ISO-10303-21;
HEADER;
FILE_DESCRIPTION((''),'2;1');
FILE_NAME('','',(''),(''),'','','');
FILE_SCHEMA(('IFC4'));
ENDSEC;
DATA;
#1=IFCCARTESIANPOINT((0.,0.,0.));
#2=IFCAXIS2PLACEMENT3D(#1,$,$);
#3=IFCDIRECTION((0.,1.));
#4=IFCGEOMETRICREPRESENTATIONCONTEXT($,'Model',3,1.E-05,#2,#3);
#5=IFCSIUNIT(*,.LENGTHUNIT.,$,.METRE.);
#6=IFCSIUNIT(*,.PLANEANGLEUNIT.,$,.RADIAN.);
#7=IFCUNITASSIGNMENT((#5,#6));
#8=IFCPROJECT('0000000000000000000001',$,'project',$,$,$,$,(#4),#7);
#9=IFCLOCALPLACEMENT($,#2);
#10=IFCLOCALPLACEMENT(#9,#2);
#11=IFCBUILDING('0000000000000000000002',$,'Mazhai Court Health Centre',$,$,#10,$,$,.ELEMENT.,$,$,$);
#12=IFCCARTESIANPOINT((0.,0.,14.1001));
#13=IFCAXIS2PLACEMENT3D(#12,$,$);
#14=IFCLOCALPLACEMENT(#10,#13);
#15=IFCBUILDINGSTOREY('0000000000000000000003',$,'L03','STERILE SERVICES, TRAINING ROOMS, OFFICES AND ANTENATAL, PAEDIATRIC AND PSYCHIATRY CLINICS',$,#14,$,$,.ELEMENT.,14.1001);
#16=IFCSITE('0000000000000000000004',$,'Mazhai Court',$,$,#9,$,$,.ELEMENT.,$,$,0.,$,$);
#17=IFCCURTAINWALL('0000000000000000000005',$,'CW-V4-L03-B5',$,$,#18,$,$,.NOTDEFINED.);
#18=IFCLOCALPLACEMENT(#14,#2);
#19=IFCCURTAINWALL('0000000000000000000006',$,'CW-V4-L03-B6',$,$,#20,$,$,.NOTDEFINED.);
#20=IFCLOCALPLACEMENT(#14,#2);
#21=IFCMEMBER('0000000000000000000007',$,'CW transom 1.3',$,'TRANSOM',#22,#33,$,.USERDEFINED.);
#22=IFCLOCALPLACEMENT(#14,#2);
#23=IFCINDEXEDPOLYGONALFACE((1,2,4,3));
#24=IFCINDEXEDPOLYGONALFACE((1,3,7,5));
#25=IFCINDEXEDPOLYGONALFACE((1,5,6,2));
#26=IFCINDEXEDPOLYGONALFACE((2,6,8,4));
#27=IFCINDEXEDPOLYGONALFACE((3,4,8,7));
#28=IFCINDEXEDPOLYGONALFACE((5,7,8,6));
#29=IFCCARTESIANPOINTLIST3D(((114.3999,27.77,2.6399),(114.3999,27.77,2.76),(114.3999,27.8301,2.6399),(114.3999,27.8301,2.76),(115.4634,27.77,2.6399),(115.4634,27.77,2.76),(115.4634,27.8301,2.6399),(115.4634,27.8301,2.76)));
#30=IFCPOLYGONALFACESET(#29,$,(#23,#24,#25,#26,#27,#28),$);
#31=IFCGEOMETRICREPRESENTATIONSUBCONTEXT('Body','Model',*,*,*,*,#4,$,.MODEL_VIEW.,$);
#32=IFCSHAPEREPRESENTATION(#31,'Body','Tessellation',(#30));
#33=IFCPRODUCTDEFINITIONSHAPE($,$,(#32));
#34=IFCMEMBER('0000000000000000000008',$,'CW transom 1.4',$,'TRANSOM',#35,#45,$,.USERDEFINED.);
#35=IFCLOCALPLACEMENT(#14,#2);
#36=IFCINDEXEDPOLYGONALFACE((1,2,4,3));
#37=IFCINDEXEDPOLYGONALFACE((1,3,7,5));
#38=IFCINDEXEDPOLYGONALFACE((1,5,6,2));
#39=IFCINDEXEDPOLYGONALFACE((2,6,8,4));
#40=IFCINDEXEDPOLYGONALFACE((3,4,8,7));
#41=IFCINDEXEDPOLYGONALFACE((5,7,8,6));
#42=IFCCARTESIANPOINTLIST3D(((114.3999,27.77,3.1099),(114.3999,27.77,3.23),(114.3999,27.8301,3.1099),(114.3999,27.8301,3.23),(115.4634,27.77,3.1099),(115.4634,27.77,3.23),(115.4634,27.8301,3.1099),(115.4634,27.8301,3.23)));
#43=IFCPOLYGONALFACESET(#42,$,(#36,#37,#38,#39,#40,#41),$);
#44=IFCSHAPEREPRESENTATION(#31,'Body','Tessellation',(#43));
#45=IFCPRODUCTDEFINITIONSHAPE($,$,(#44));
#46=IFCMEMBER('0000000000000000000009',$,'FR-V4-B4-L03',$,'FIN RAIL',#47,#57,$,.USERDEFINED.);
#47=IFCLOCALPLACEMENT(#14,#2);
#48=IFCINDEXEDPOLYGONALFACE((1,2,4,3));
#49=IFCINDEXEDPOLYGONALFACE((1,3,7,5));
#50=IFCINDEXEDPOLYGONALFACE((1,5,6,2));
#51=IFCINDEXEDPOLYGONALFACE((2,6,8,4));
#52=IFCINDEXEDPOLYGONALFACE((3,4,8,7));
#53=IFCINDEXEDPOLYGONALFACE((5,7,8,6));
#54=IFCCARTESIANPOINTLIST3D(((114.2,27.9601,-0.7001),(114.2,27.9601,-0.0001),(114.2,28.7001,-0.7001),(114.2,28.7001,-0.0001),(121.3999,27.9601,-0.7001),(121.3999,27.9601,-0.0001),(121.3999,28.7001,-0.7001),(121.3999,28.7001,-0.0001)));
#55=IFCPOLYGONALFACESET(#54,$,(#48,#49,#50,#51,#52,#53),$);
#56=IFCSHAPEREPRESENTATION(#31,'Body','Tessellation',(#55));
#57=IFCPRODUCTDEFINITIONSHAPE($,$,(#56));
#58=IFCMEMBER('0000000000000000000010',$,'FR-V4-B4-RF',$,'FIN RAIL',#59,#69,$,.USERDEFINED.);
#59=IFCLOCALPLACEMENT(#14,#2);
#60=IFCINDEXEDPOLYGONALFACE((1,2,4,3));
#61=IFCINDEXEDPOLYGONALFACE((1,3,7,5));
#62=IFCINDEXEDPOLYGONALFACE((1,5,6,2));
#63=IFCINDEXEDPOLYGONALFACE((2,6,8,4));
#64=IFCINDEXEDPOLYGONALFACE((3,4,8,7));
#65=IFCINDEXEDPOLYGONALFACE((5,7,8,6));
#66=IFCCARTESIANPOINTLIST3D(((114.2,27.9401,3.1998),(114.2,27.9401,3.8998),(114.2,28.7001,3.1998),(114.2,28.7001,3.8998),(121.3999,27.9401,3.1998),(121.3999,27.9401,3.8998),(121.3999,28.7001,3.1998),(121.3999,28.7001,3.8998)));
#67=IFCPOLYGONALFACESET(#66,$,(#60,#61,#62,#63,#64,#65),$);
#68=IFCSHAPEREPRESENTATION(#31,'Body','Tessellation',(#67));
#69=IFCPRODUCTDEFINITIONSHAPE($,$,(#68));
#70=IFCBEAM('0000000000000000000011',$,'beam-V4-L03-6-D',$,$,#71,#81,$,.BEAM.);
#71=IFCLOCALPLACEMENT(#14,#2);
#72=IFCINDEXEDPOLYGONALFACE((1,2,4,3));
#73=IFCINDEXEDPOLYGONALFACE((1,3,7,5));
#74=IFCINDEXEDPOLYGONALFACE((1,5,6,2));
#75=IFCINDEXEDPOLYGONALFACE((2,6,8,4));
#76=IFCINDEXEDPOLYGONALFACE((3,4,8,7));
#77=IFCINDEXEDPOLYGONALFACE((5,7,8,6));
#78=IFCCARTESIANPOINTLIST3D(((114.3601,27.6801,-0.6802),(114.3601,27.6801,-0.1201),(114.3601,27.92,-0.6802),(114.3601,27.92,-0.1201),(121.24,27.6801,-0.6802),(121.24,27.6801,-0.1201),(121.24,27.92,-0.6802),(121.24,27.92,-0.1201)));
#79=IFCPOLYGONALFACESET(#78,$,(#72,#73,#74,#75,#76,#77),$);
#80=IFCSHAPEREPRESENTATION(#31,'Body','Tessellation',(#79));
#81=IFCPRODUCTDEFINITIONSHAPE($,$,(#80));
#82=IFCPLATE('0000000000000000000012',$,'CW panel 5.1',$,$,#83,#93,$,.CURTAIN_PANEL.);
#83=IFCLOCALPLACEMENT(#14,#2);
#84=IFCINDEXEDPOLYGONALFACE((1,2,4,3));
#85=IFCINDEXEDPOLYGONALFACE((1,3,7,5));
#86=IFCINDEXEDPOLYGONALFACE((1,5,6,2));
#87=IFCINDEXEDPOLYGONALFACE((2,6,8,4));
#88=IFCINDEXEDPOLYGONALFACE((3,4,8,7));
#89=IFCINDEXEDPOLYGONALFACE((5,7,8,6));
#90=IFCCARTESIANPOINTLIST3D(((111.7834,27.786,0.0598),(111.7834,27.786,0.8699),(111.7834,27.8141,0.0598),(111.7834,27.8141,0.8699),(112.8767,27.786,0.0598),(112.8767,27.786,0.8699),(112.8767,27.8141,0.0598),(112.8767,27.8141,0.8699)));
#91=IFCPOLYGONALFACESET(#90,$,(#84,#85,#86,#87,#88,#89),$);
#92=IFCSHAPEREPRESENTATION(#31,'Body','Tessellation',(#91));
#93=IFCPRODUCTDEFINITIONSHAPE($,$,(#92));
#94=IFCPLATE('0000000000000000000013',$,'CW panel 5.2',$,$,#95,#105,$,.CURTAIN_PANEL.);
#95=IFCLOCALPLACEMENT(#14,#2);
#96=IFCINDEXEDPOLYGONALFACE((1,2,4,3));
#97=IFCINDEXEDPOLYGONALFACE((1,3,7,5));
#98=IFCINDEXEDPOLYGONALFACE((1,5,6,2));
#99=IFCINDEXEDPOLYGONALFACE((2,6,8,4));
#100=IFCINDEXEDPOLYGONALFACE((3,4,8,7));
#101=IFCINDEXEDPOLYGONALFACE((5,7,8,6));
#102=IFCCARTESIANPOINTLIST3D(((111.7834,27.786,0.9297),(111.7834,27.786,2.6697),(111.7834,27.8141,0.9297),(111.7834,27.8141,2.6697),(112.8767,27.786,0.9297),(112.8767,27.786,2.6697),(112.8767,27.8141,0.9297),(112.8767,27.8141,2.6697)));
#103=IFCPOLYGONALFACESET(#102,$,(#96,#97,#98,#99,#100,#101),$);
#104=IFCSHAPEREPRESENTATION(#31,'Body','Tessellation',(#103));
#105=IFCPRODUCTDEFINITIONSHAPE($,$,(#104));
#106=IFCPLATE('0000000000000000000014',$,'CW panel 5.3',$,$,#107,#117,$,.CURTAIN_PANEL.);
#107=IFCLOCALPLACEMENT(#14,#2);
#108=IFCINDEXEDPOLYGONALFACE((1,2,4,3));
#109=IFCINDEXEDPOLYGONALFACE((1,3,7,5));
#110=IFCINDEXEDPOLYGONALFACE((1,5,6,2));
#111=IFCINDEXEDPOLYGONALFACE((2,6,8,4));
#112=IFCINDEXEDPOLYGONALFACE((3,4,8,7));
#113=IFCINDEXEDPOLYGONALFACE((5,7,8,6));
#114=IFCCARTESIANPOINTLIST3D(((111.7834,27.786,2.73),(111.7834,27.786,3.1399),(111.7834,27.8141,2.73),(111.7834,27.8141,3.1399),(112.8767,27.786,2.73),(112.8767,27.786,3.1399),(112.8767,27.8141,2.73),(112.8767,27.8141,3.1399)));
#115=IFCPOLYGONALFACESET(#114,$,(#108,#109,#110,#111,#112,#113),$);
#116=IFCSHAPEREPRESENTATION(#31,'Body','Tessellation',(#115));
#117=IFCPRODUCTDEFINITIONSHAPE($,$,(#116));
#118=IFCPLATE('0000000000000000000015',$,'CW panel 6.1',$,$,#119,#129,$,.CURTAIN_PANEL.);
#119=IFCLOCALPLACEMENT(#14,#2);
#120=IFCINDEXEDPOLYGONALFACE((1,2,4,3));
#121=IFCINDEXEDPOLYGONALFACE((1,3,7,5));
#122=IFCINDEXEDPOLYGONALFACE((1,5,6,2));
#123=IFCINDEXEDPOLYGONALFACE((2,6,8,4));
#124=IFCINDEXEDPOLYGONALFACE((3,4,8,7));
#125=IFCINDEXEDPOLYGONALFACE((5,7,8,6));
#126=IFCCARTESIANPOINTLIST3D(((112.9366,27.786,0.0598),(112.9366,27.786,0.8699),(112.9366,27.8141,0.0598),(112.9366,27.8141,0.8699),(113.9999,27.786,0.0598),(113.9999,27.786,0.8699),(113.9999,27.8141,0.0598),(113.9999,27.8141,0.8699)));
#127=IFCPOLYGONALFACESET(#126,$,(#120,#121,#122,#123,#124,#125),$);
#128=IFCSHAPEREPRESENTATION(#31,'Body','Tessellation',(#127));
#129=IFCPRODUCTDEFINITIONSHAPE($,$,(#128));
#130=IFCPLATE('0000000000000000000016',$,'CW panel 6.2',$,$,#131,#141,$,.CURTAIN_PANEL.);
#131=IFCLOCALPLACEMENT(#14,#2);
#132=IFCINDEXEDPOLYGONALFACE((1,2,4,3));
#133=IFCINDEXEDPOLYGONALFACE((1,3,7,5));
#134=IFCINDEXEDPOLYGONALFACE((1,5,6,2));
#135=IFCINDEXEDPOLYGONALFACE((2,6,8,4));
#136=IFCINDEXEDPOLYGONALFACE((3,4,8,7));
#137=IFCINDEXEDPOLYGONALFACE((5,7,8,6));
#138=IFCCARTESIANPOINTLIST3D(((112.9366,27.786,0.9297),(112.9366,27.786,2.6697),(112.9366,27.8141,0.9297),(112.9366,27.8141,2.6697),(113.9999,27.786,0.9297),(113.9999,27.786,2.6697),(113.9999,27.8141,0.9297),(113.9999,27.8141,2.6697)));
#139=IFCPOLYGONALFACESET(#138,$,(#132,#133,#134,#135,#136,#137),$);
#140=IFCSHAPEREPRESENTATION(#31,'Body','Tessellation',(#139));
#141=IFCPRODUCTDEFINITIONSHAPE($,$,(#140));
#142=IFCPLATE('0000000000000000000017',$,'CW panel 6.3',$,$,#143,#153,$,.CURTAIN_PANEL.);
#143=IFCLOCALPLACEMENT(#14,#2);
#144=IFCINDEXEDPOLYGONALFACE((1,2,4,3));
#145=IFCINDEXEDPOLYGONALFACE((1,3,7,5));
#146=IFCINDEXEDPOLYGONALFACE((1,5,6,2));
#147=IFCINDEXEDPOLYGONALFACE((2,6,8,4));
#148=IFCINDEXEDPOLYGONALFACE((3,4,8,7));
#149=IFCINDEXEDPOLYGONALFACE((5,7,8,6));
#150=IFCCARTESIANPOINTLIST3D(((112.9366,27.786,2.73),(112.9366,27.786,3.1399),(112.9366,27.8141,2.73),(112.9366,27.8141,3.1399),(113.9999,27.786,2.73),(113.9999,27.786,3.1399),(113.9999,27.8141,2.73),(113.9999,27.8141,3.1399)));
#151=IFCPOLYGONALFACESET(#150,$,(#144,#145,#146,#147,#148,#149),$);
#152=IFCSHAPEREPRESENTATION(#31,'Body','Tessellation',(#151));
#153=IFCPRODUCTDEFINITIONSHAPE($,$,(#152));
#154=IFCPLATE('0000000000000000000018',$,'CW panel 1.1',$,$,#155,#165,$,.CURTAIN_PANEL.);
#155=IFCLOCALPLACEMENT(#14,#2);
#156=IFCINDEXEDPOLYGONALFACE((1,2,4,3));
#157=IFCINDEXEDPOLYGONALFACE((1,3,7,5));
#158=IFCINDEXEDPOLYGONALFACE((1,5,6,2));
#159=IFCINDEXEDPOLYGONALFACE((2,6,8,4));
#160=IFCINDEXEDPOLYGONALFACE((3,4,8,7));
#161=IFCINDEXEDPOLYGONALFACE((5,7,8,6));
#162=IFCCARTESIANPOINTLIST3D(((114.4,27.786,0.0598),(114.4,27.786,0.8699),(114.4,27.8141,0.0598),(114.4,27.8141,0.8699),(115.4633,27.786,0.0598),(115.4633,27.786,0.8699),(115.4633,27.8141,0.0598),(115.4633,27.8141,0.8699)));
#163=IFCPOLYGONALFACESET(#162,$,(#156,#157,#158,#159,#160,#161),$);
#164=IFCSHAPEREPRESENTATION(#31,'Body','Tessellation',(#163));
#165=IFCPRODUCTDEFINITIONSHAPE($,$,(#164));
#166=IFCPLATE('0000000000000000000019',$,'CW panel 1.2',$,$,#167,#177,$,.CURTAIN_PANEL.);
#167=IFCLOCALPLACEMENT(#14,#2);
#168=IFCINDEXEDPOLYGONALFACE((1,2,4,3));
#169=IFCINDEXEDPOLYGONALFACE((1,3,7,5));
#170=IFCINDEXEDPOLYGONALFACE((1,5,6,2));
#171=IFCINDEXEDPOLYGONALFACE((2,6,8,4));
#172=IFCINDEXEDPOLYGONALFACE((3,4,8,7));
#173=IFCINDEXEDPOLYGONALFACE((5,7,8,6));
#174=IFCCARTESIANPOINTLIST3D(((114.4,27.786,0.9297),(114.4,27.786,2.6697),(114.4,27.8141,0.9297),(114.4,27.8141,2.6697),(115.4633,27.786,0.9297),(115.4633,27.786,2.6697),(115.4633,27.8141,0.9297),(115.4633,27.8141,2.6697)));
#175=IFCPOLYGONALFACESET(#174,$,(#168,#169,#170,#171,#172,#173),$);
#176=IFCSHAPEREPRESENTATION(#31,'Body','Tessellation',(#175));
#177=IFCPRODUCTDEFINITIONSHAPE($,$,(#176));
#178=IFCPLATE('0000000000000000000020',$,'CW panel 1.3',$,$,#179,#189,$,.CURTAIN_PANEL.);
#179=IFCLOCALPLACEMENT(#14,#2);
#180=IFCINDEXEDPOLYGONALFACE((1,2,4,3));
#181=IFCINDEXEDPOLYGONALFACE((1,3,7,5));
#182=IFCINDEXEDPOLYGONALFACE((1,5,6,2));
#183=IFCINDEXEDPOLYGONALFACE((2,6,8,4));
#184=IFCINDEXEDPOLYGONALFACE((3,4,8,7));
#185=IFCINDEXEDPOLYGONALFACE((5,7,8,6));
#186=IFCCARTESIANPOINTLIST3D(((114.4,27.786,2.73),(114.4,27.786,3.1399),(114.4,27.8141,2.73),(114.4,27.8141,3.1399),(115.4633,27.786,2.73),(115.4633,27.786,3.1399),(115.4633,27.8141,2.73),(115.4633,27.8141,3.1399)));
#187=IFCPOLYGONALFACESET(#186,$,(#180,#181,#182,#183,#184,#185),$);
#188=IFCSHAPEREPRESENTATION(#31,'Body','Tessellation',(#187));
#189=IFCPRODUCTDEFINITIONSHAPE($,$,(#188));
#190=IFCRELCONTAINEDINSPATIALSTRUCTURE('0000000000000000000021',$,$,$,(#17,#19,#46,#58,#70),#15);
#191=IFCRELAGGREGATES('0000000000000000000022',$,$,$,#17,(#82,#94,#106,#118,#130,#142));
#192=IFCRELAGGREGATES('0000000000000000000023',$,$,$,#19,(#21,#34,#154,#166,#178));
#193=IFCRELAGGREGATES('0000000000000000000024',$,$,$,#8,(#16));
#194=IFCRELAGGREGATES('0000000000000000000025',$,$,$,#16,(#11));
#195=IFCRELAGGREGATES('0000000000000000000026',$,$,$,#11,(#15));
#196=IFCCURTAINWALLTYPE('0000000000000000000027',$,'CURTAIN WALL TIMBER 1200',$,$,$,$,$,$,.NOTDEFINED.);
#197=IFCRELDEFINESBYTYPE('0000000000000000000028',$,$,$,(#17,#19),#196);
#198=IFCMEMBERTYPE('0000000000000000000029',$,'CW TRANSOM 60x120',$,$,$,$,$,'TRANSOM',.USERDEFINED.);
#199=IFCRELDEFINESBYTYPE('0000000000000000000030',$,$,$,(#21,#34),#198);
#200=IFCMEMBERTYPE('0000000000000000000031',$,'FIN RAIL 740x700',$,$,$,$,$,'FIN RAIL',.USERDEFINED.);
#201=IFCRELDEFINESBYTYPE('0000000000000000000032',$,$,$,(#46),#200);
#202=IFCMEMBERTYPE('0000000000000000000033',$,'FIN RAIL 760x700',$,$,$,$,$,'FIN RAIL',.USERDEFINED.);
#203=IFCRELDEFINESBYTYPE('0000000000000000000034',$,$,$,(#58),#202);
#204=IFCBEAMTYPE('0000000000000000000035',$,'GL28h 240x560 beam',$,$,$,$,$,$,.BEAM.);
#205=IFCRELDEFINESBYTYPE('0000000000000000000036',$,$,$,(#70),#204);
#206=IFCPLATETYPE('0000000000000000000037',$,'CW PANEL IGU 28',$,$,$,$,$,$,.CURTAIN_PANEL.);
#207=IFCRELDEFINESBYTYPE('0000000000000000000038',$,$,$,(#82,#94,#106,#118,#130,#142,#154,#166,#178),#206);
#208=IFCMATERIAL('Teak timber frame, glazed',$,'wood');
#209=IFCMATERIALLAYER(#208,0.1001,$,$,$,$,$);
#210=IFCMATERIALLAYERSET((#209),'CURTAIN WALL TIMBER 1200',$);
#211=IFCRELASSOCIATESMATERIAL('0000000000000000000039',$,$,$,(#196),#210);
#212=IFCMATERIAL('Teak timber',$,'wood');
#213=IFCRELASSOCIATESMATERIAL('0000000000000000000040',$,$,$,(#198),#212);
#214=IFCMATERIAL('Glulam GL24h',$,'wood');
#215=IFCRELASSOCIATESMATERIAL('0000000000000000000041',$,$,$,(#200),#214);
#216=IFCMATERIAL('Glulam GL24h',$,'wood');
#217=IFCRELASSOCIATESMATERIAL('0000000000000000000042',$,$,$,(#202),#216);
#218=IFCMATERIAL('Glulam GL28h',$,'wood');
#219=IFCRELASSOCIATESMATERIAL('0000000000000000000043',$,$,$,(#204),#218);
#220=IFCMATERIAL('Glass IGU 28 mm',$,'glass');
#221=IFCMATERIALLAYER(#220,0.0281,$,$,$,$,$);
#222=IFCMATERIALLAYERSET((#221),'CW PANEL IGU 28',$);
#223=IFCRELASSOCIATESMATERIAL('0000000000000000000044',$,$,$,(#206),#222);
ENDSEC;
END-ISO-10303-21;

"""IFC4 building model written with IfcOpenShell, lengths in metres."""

from ifc_helpers import new_model, si_unit, direction, frame, origin, origin_2d, place, context, subcontext, project, spatial, rectangle, extrude, material, layer, layer_set, material_profile, profile_set, type_object, element, aggregate, save


model = new_model("IFC4")

# Units and contexts
model_context = context("Model", 3, precision=1e-05, world=origin(), true_north=direction((0.0, 1.0)))
body_context = subcontext(model_context, "Body", "Model", "MODEL_VIEW")
ifc_project = project(units=[si_unit("LENGTHUNIT", "METRE"), si_unit("PLANEANGLEUNIT", "RADIAN")], contexts=[model_context])

# Site, building, storey
site_placement = place(None, origin())
site = spatial("IfcSite", under=ifc_project, at=site_placement, Name="Mazhai Court", CompositionType="ELEMENT", RefElevation=0.0)
building_placement = place(site_placement, origin())
building = spatial("IfcBuilding", under=site, at=building_placement, Name="Mazhai Court Health Centre", CompositionType="ELEMENT")
storey_placement = place(building_placement, frame((0.0, 0.0, 14.1001)))
storey = spatial("IfcBuildingStorey", under=building, at=storey_placement, Name="L03", Description="STERILE SERVICES, TRAINING ROOMS, OFFICES AND ANTENATAL, PAEDIATRIC AND PSYCHIATRY CLINICS", CompositionType="ELEMENT", Elevation=14.1001)

# Curtain wall
ifc_material_1 = material(Name="Teak timber frame, glazed", Category="wood")
ifc_layer_1 = layer(ifc_material_1, 0.1001)
ifc_layer_set_1 = layer_set([ifc_layer_1], Name="CURTAIN WALL TIMBER 1200")
curtain_wall_type = type_object("IfcCurtainWallType", Name="CURTAIN WALL TIMBER 1200", PredefinedType="NOTDEFINED", material=ifc_layer_set_1)
curtain_wall_1_placement = place(storey_placement, origin())
curtain_wall_1 = element("IfcCurtainWall", 1, at=curtain_wall_1_placement, inside=storey, type_object=curtain_wall_type, Name="CW-V4-L03-B5", PredefinedType="NOTDEFINED")

# Curtain wall
curtain_wall_2_placement = place(storey_placement, origin())
curtain_wall_2 = element("IfcCurtainWall", 2, at=curtain_wall_2_placement, inside=storey, type_object=curtain_wall_type, Name="CW-V4-L03-B6", PredefinedType="NOTDEFINED")

# Members
ifc_material_2 = material(Name="Teak timber", Category="wood")
ifc_material_profile_1 = material_profile(ifc_material_2, rectangle(XDim=0.0601, YDim=0.1201, at=origin_2d()), Name="CW TRANSOM 60x120")
ifc_profile_set_1 = profile_set([ifc_material_profile_1], Name="Teak timber")
member_type_1 = type_object("IfcMemberType", Name="CW TRANSOM 60x120", ElementType="TRANSOM", PredefinedType="USERDEFINED", material=ifc_profile_set_1)
member_1_placement = place(storey_placement, frame((114.3999, 27.8, 2.7), z_axis=(1.0, 0.0, 0.0), x_axis=(0.0, 1.0, 0.0)))
member_1 = element("IfcMember", 3, at=member_1_placement, type_object=member_type_1, Name="CW transom 1.3", ObjectType="TRANSOM", PredefinedType="USERDEFINED", context=body_context, shape_type="SweptSolid", body=[
    extrude(rectangle(XDim=0.0601, YDim=0.1201, at=origin_2d()), origin(), (0.0, 0.0, 1.0), 1.0635),
])
member_2_placement = place(storey_placement, frame((114.3999, 27.8, 3.1699), z_axis=(1.0, 0.0, 0.0), x_axis=(0.0, 1.0, 0.0)))
member_2 = element("IfcMember", 4, at=member_2_placement, type_object=member_type_1, Name="CW transom 1.4", ObjectType="TRANSOM", PredefinedType="USERDEFINED", context=body_context, shape_type="SweptSolid", body=[
    extrude(rectangle(XDim=0.0601, YDim=0.1201, at=origin_2d()), origin(), (0.0, 0.0, 1.0), 1.0635),
])

# Members
ifc_material_3 = material(Name="Glulam GL24h", Category="wood")
ifc_material_profile_2 = material_profile(ifc_material_3, rectangle(XDim=0.74, YDim=0.7, at=origin_2d()), Name="FIN RAIL 740x700")
ifc_profile_set_2 = profile_set([ifc_material_profile_2], Name="Glulam GL24h")
member_type_2 = type_object("IfcMemberType", Name="FIN RAIL 740x700", ElementType="FIN RAIL", PredefinedType="USERDEFINED", material=ifc_profile_set_2)
member_3_placement = place(storey_placement, frame((114.2, 28.3301, -0.3501), z_axis=(1.0, 0.0, 0.0), x_axis=(0.0, 1.0, 0.0)))
element("IfcMember", 5, at=member_3_placement, inside=storey, type_object=member_type_2, Name="FR-V4-B4-L03", ObjectType="FIN RAIL", PredefinedType="USERDEFINED", context=body_context, shape_type="SweptSolid", body=[
    extrude(rectangle(XDim=0.74, YDim=0.7, at=origin_2d()), origin(), (0.0, 0.0, 1.0), 7.2),
])
ifc_material_4 = material(Name="Glulam GL24h", Category="wood")
ifc_material_profile_3 = material_profile(ifc_material_4, rectangle(XDim=0.76, YDim=0.7, at=origin_2d()), Name="FIN RAIL 760x700")
ifc_profile_set_3 = profile_set([ifc_material_profile_3], Name="Glulam GL24h")
member_type_3 = type_object("IfcMemberType", Name="FIN RAIL 760x700", ElementType="FIN RAIL", PredefinedType="USERDEFINED", material=ifc_profile_set_3)
member_4_placement = place(storey_placement, frame((114.2, 28.3201, 3.5498), z_axis=(1.0, 0.0, 0.0), x_axis=(0.0, 1.0, 0.0)))
element("IfcMember", 6, at=member_4_placement, inside=storey, type_object=member_type_3, Name="FR-V4-B4-RF", ObjectType="FIN RAIL", PredefinedType="USERDEFINED", context=body_context, shape_type="SweptSolid", body=[
    extrude(rectangle(XDim=0.76, YDim=0.7, at=origin_2d()), origin(), (0.0, 0.0, 1.0), 7.2),
])

# Beam
ifc_material_5 = material(Name="Glulam GL28h", Category="wood")
ifc_material_profile_4 = material_profile(ifc_material_5, rectangle(XDim=0.24, YDim=0.5601, at=origin_2d()), Name="GL28h 240x560")
ifc_profile_set_4 = profile_set([ifc_material_profile_4], Name="Glulam GL28h")
beam_type = type_object("IfcBeamType", Name="GL28h 240x560 beam", PredefinedType="BEAM", material=ifc_profile_set_4)
beam_placement = place(storey_placement, frame((114.3601, 27.8, -0.4001), z_axis=(1.0, 0.0, 0.0), x_axis=(0.0, 1.0, 0.0)))
element("IfcBeam", 7, at=beam_placement, inside=storey, type_object=beam_type, Name="beam-V4-L03-6-D", PredefinedType="BEAM", context=body_context, shape_type="SweptSolid", body=[
    extrude(rectangle(XDim=0.24, YDim=0.5601, at=origin_2d()), origin(), (0.0, 0.0, 1.0), 6.8799),
])

# Plates
ifc_material_6 = material(Name="Glass IGU 28 mm", Category="glass")
ifc_layer_2 = layer(ifc_material_6, 0.0281)
ifc_layer_set_2 = layer_set([ifc_layer_2], Name="CW PANEL IGU 28")
plate_type = type_object("IfcPlateType", Name="CW PANEL IGU 28", PredefinedType="CURTAIN_PANEL", material=ifc_layer_set_2)
plate_1_placement = place(storey_placement, frame((112.3301, 27.8, 0.0598), z_axis=(0.0, 0.0, 1.0), x_axis=(1.0, 0.0, 0.0)))
plate_1 = element("IfcPlate", 8, at=plate_1_placement, type_object=plate_type, Name="CW panel 5.1", PredefinedType="CURTAIN_PANEL", context=body_context, shape_type="SweptSolid", body=[
    extrude(rectangle(XDim=1.0933, YDim=0.0281, at=origin_2d()), origin(), (0.0, 0.0, 1.0), 0.8101),
])
plate_2_placement = place(storey_placement, frame((112.3301, 27.8, 0.9297), z_axis=(0.0, 0.0, 1.0), x_axis=(1.0, 0.0, 0.0)))
plate_2 = element("IfcPlate", 9, at=plate_2_placement, type_object=plate_type, Name="CW panel 5.2", PredefinedType="CURTAIN_PANEL", context=body_context, shape_type="SweptSolid", body=[
    extrude(rectangle(XDim=1.0933, YDim=0.0281, at=origin_2d()), origin(), (0.0, 0.0, 1.0), 1.74),
])
plate_3_placement = place(storey_placement, frame((112.3301, 27.8, 2.73), z_axis=(0.0, 0.0, 1.0), x_axis=(1.0, 0.0, 0.0)))
plate_3 = element("IfcPlate", 10, at=plate_3_placement, type_object=plate_type, Name="CW panel 5.3", PredefinedType="CURTAIN_PANEL", context=body_context, shape_type="SweptSolid", body=[
    extrude(rectangle(XDim=1.0933, YDim=0.0281, at=origin_2d()), origin(), (0.0, 0.0, 1.0), 0.4099),
])
plate_4_placement = place(storey_placement, frame((113.4683, 27.8, 0.0598), z_axis=(0.0, 0.0, 1.0), x_axis=(1.0, 0.0, 0.0)))
plate_4 = element("IfcPlate", 11, at=plate_4_placement, type_object=plate_type, Name="CW panel 6.1", PredefinedType="CURTAIN_PANEL", context=body_context, shape_type="SweptSolid", body=[
    extrude(rectangle(XDim=1.0632, YDim=0.0281, at=origin_2d()), origin(), (0.0, 0.0, 1.0), 0.8101),
])
plate_5_placement = place(storey_placement, frame((113.4683, 27.8, 0.9297), z_axis=(0.0, 0.0, 1.0), x_axis=(1.0, 0.0, 0.0)))
plate_5 = element("IfcPlate", 12, at=plate_5_placement, type_object=plate_type, Name="CW panel 6.2", PredefinedType="CURTAIN_PANEL", context=body_context, shape_type="SweptSolid", body=[
    extrude(rectangle(XDim=1.0632, YDim=0.0281, at=origin_2d()), origin(), (0.0, 0.0, 1.0), 1.74),
])
plate_6_placement = place(storey_placement, frame((113.4683, 27.8, 2.73), z_axis=(0.0, 0.0, 1.0), x_axis=(1.0, 0.0, 0.0)))
plate_6 = element("IfcPlate", 13, at=plate_6_placement, type_object=plate_type, Name="CW panel 6.3", PredefinedType="CURTAIN_PANEL", context=body_context, shape_type="SweptSolid", body=[
    extrude(rectangle(XDim=1.0632, YDim=0.0281, at=origin_2d()), origin(), (0.0, 0.0, 1.0), 0.4099),
])
aggregate(curtain_wall_1, [plate_1, plate_2, plate_3, plate_4, plate_5, plate_6])
plate_7_placement = place(storey_placement, frame((114.9316, 27.8, 0.0598), z_axis=(0.0, 0.0, 1.0), x_axis=(1.0, 0.0, 0.0)))
plate_7 = element("IfcPlate", 14, at=plate_7_placement, type_object=plate_type, Name="CW panel 1.1", PredefinedType="CURTAIN_PANEL", context=body_context, shape_type="SweptSolid", body=[
    extrude(rectangle(XDim=1.0632, YDim=0.0281, at=origin_2d()), origin(), (0.0, 0.0, 1.0), 0.8101),
])
plate_8_placement = place(storey_placement, frame((114.9316, 27.8, 0.9297), z_axis=(0.0, 0.0, 1.0), x_axis=(1.0, 0.0, 0.0)))
plate_8 = element("IfcPlate", 15, at=plate_8_placement, type_object=plate_type, Name="CW panel 1.2", PredefinedType="CURTAIN_PANEL", context=body_context, shape_type="SweptSolid", body=[
    extrude(rectangle(XDim=1.0632, YDim=0.0281, at=origin_2d()), origin(), (0.0, 0.0, 1.0), 1.74),
])
plate_9_placement = place(storey_placement, frame((114.9316, 27.8, 2.73), z_axis=(0.0, 0.0, 1.0), x_axis=(1.0, 0.0, 0.0)))
plate_9 = element("IfcPlate", 16, at=plate_9_placement, type_object=plate_type, Name="CW panel 1.3", PredefinedType="CURTAIN_PANEL", context=body_context, shape_type="SweptSolid", body=[
    extrude(rectangle(XDim=1.0632, YDim=0.0281, at=origin_2d()), origin(), (0.0, 0.0, 1.0), 0.4099),
])
aggregate(curtain_wall_2, [member_1, member_2, plate_7, plate_8, plate_9])

save(model, "model.ifc")
